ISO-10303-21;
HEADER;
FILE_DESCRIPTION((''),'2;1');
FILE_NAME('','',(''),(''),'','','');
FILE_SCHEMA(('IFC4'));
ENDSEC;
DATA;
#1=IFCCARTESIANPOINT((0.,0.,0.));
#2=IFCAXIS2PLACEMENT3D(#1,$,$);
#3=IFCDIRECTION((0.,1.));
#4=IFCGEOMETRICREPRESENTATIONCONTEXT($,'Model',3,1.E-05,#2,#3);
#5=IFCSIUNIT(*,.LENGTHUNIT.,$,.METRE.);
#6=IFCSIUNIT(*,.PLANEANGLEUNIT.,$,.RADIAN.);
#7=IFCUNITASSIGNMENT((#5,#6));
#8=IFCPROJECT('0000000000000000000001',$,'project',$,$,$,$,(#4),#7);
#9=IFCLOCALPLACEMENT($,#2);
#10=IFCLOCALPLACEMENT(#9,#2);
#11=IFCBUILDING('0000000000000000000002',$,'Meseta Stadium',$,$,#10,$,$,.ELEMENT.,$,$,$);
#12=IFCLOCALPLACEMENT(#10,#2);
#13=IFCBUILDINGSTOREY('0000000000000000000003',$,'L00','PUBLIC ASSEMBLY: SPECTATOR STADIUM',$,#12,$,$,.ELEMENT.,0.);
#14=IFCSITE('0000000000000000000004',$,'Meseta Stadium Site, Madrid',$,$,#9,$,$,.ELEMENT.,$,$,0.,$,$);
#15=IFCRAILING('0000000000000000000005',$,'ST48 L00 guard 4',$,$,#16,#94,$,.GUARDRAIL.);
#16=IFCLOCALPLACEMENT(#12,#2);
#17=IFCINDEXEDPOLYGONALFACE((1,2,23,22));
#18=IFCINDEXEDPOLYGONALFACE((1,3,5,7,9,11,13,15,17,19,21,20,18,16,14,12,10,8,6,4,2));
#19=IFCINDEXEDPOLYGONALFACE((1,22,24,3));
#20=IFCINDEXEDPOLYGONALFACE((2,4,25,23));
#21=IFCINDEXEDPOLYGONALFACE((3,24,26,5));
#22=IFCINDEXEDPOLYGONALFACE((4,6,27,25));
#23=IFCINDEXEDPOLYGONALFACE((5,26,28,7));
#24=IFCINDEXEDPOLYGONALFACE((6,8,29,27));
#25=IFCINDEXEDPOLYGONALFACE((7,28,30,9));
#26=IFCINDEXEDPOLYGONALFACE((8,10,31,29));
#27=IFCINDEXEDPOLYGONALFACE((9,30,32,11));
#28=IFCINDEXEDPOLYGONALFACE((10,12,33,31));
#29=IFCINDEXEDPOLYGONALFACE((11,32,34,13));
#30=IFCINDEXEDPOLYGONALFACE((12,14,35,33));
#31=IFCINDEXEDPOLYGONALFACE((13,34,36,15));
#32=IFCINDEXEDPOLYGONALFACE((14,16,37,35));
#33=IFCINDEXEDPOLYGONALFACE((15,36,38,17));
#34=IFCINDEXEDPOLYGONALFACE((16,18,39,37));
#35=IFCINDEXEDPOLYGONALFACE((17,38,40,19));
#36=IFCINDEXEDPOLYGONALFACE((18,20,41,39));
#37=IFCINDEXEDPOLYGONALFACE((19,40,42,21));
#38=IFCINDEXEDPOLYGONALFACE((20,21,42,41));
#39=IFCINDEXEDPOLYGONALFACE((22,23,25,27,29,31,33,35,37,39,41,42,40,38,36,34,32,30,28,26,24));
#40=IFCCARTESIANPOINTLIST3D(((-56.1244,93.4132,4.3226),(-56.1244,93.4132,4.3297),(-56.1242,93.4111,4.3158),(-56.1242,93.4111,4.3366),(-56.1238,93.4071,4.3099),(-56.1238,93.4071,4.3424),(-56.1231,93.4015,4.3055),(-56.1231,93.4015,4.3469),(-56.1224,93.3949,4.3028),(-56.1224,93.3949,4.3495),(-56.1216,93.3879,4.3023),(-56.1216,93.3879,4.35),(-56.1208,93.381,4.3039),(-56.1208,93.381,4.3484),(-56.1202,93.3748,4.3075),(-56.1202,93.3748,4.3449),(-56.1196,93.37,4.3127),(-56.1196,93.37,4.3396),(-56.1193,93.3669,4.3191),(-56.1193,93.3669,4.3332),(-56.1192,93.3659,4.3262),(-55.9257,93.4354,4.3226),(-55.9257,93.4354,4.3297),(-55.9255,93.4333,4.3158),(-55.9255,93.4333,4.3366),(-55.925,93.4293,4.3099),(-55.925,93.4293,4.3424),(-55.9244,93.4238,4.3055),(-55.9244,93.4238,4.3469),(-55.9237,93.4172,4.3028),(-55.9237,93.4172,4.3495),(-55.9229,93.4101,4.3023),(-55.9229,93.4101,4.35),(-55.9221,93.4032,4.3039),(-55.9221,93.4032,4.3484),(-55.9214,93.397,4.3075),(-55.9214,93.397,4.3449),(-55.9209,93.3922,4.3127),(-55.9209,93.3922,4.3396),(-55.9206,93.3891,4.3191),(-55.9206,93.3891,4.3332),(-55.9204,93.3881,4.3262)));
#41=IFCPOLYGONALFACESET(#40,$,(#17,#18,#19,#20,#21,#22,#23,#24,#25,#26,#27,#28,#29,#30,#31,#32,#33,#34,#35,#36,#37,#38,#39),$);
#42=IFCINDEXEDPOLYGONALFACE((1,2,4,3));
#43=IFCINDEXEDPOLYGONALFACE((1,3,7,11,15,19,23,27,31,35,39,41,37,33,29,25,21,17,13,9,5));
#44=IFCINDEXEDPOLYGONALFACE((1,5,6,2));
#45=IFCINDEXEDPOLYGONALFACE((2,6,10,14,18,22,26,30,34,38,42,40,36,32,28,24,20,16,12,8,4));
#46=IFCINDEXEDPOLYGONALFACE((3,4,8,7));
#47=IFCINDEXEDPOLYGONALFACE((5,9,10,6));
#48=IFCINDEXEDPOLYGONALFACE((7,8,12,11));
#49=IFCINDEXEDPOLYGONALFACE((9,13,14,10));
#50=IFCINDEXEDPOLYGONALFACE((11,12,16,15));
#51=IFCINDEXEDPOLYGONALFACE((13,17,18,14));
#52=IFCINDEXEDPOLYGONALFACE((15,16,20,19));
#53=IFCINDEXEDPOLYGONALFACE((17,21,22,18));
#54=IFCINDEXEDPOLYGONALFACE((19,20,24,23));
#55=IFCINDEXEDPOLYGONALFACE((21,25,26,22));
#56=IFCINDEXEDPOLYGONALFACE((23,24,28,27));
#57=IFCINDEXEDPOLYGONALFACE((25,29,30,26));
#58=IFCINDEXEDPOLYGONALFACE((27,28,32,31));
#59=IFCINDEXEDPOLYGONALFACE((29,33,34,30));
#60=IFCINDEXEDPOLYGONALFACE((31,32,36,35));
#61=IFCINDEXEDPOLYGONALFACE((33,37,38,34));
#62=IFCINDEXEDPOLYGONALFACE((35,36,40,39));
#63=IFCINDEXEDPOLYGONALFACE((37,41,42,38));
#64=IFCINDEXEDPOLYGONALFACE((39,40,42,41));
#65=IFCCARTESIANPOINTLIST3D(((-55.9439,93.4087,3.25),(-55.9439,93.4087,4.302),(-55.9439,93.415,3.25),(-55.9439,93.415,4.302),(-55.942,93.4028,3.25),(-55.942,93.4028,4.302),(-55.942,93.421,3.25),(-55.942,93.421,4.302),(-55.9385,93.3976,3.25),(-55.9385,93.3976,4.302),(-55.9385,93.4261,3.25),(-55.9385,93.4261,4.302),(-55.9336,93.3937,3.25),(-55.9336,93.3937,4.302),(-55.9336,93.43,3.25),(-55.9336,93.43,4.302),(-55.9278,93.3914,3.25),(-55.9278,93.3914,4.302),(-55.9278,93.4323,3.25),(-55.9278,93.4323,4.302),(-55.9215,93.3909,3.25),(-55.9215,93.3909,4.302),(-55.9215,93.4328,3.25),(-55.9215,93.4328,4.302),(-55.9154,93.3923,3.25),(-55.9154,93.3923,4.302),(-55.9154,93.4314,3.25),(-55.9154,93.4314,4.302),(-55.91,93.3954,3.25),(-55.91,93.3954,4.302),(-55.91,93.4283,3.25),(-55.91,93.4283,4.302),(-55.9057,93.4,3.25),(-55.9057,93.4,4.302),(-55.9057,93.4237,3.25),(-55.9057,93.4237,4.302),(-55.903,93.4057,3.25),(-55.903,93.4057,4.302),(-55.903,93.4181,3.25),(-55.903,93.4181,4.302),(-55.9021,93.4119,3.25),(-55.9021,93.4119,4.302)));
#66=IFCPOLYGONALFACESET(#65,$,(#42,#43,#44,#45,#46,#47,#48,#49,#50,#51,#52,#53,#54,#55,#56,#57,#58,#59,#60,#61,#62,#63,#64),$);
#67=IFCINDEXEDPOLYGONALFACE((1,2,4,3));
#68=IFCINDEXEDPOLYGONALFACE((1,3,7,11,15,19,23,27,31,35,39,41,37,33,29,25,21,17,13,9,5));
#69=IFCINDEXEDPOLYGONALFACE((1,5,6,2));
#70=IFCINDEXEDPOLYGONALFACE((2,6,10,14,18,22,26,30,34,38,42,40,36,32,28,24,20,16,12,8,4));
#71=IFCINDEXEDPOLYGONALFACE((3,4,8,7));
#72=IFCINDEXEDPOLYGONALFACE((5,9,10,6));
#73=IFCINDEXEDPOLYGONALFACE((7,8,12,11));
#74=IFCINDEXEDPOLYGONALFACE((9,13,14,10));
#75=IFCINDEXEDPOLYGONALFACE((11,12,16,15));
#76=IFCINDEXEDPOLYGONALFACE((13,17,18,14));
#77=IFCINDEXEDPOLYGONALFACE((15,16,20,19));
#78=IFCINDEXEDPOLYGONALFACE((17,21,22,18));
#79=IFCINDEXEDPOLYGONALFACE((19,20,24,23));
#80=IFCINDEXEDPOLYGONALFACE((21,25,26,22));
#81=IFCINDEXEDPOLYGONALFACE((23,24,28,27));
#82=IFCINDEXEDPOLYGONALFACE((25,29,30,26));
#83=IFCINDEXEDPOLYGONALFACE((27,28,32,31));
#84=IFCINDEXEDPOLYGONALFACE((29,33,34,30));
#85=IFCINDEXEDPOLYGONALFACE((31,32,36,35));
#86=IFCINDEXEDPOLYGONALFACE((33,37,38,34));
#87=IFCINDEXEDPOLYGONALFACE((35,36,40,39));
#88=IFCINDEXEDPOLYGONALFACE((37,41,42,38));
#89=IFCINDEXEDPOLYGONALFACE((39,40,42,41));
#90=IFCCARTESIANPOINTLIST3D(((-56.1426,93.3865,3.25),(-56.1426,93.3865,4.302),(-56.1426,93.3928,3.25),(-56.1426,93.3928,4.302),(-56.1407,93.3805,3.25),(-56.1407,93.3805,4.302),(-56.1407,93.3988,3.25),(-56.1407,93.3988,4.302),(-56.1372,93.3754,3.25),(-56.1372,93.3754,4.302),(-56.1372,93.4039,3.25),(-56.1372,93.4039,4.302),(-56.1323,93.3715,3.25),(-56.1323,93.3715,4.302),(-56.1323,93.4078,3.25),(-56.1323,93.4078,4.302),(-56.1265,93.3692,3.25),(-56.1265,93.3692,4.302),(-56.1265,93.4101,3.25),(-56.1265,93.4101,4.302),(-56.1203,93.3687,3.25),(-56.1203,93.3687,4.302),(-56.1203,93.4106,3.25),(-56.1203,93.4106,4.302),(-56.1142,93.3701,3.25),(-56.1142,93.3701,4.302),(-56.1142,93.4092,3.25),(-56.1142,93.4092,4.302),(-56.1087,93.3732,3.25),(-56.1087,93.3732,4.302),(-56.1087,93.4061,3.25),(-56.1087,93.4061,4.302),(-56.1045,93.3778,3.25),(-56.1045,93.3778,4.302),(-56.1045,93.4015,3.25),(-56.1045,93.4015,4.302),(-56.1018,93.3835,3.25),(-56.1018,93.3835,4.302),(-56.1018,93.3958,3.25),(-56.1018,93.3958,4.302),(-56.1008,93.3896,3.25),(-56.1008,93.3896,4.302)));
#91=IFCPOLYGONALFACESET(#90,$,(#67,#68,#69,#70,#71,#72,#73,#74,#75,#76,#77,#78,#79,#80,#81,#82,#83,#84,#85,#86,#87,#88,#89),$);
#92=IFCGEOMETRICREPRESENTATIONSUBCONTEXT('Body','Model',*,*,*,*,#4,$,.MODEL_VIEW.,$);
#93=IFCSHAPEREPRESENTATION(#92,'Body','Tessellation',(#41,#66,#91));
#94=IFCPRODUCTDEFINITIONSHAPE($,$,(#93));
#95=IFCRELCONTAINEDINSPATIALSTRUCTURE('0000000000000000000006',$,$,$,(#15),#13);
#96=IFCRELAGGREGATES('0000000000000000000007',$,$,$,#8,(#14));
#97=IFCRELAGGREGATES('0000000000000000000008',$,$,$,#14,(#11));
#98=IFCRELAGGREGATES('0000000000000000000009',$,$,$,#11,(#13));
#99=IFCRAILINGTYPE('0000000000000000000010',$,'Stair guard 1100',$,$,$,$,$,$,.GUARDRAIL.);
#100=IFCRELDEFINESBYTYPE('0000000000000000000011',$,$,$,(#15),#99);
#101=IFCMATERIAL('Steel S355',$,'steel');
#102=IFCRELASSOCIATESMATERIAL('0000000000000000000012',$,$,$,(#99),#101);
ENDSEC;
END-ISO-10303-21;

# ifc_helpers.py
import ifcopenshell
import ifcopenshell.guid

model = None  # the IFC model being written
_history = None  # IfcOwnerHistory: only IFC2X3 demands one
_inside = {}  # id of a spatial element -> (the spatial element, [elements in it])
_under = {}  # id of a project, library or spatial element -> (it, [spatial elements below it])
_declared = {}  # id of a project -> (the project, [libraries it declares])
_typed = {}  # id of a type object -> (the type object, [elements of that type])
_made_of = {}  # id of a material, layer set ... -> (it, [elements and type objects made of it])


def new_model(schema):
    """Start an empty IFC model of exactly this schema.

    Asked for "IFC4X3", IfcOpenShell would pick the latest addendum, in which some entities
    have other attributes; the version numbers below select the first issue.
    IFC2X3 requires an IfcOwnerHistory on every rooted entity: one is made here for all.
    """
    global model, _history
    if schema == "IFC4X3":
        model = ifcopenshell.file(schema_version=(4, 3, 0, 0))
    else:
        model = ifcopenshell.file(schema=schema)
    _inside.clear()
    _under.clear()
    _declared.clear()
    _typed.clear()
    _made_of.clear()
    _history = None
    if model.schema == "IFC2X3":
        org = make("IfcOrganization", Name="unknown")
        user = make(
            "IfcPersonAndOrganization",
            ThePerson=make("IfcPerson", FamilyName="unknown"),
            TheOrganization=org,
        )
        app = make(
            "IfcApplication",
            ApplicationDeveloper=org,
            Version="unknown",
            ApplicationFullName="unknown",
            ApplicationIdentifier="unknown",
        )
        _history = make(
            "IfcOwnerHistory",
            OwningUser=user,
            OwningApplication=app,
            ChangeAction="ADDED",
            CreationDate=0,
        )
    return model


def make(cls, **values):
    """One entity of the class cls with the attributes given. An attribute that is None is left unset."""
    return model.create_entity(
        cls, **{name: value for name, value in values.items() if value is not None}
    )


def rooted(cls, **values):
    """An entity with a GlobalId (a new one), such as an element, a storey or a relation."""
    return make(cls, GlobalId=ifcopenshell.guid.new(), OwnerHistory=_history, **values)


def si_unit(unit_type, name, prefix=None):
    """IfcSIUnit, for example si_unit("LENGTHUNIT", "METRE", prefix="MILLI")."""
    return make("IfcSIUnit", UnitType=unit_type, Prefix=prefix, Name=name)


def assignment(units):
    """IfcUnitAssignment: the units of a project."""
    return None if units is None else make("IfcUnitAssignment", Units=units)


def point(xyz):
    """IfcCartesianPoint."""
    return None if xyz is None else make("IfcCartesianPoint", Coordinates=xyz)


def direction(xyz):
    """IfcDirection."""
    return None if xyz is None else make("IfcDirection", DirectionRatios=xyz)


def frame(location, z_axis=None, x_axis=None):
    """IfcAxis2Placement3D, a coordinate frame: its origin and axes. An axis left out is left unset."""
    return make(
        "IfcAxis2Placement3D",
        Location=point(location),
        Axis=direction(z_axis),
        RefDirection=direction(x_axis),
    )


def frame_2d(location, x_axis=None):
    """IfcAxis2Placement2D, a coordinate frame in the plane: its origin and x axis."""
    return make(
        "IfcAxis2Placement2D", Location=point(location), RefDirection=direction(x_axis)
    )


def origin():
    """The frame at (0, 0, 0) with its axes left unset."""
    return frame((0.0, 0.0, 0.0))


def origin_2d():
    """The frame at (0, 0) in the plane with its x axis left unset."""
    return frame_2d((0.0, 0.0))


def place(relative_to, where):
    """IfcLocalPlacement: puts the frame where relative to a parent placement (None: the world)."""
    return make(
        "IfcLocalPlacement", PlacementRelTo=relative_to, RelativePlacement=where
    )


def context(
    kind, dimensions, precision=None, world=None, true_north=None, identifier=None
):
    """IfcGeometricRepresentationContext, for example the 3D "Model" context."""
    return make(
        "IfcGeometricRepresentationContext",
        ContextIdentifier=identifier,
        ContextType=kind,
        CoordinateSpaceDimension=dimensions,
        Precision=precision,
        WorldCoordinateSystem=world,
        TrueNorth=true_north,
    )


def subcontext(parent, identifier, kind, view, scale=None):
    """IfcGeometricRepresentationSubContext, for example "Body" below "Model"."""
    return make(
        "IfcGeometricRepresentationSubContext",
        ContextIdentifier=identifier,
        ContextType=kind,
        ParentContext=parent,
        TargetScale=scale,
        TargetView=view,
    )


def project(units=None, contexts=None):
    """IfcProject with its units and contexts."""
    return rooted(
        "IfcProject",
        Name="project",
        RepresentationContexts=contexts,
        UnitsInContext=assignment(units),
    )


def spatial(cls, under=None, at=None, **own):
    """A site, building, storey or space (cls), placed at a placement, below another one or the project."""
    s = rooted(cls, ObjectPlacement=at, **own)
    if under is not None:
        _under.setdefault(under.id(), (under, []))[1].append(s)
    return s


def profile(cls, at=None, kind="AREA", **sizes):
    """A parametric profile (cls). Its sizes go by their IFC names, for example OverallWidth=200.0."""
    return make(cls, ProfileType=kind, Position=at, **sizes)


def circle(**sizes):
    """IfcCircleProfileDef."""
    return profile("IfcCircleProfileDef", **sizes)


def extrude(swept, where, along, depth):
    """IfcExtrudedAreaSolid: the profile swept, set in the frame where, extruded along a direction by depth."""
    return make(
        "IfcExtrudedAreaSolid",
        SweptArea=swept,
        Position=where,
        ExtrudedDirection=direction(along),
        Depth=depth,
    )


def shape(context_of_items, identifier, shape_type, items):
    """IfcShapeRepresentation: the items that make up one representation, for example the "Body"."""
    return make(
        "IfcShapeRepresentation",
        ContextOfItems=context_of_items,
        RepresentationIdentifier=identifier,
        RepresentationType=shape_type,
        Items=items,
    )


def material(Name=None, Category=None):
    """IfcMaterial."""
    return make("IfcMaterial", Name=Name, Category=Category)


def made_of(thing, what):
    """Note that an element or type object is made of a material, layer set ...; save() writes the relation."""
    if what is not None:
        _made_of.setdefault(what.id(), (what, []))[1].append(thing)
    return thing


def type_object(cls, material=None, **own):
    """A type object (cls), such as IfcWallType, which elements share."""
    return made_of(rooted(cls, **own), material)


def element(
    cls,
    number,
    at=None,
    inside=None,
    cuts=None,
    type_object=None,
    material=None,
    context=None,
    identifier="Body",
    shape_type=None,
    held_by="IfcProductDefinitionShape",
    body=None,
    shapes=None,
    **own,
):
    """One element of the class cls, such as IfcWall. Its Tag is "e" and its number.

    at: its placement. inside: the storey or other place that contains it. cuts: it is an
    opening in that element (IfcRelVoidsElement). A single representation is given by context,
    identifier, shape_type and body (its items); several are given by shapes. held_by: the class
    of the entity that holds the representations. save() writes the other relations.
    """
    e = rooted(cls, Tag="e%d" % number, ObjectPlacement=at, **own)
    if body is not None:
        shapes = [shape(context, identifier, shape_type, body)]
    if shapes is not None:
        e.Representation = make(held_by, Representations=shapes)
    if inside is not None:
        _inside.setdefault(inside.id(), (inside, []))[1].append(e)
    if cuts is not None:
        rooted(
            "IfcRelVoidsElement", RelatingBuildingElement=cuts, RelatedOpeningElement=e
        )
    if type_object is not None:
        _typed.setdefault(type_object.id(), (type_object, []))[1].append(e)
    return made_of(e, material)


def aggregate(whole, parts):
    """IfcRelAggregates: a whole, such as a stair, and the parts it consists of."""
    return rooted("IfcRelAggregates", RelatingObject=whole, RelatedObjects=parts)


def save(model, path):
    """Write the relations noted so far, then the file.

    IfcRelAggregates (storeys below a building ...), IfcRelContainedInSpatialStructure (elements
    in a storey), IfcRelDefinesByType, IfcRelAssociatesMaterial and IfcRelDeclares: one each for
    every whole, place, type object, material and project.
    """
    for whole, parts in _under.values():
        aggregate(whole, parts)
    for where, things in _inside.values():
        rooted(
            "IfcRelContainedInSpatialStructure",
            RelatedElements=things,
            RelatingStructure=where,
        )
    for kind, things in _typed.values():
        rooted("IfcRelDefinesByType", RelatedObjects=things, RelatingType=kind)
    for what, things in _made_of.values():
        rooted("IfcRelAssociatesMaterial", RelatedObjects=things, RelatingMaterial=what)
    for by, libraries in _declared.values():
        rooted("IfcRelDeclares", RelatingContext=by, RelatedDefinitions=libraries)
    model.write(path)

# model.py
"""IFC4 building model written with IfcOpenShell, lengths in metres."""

from ifc_helpers import new_model, si_unit, direction, frame, origin, origin_2d, place, context, subcontext, project, spatial, circle, extrude, material, type_object, element, save


model = new_model("IFC4")

# Units and contexts
model_context = context("Model", 3, precision=1e-05, world=origin(), true_north=direction((0.0, 1.0)))
body_context = subcontext(model_context, "Body", "Model", "MODEL_VIEW")
ifc_project = project(units=[si_unit("LENGTHUNIT", "METRE"), si_unit("PLANEANGLEUNIT", "RADIAN")], contexts=[model_context])

# Site, building, storey
site_placement = place(None, origin())
site = spatial("IfcSite", under=ifc_project, at=site_placement, Name="Meseta Stadium Site, Madrid", CompositionType="ELEMENT", RefElevation=0.0)
building_placement = place(site_placement, origin())
building = spatial("IfcBuilding", under=site, at=building_placement, Name="Meseta Stadium", CompositionType="ELEMENT")
storey_placement = place(building_placement, origin())
storey = spatial("IfcBuildingStorey", under=building, at=storey_placement, Name="L00", Description="PUBLIC ASSEMBLY: SPECTATOR STADIUM", CompositionType="ELEMENT", Elevation=0.0)

# Railing
ifc_material_1 = material(Name="Steel S355", Category="steel")
railing_type_1 = type_object("IfcRailingType", Name="Stair guard 1100", PredefinedType="GUARDRAIL", material=ifc_material_1)
railing_1_placement = place(storey_placement, frame((-55.9231, 93.4119, 3.25)))
element("IfcRailing", 1, at=railing_1_placement, inside=storey, type_object=railing_type_1, Name="ST48 L00 guard 4", PredefinedType="GUARDRAIL", context=body_context, shape_type="SweptSolid", body=[
    extrude(circle(Radius=0.0239, at=origin_2d()), frame((0.0, 0.0, 1.0762), z_axis=(-0.993809, -0.111102, 0.0), x_axis=(0.111102, -0.993809, 0.0)), (0.0, 0.0, 1.0), 0.2),
    extrude(circle(Radius=0.021, at=origin_2d()), origin(), (0.0, 0.0, 1.0), 1.052),
    extrude(circle(Radius=0.021, at=origin_2d()), frame((-0.1987, -0.0222, 0.0)), (0.0, 0.0, 1.0), 1.052),
])

save(model, "model.ifc")
